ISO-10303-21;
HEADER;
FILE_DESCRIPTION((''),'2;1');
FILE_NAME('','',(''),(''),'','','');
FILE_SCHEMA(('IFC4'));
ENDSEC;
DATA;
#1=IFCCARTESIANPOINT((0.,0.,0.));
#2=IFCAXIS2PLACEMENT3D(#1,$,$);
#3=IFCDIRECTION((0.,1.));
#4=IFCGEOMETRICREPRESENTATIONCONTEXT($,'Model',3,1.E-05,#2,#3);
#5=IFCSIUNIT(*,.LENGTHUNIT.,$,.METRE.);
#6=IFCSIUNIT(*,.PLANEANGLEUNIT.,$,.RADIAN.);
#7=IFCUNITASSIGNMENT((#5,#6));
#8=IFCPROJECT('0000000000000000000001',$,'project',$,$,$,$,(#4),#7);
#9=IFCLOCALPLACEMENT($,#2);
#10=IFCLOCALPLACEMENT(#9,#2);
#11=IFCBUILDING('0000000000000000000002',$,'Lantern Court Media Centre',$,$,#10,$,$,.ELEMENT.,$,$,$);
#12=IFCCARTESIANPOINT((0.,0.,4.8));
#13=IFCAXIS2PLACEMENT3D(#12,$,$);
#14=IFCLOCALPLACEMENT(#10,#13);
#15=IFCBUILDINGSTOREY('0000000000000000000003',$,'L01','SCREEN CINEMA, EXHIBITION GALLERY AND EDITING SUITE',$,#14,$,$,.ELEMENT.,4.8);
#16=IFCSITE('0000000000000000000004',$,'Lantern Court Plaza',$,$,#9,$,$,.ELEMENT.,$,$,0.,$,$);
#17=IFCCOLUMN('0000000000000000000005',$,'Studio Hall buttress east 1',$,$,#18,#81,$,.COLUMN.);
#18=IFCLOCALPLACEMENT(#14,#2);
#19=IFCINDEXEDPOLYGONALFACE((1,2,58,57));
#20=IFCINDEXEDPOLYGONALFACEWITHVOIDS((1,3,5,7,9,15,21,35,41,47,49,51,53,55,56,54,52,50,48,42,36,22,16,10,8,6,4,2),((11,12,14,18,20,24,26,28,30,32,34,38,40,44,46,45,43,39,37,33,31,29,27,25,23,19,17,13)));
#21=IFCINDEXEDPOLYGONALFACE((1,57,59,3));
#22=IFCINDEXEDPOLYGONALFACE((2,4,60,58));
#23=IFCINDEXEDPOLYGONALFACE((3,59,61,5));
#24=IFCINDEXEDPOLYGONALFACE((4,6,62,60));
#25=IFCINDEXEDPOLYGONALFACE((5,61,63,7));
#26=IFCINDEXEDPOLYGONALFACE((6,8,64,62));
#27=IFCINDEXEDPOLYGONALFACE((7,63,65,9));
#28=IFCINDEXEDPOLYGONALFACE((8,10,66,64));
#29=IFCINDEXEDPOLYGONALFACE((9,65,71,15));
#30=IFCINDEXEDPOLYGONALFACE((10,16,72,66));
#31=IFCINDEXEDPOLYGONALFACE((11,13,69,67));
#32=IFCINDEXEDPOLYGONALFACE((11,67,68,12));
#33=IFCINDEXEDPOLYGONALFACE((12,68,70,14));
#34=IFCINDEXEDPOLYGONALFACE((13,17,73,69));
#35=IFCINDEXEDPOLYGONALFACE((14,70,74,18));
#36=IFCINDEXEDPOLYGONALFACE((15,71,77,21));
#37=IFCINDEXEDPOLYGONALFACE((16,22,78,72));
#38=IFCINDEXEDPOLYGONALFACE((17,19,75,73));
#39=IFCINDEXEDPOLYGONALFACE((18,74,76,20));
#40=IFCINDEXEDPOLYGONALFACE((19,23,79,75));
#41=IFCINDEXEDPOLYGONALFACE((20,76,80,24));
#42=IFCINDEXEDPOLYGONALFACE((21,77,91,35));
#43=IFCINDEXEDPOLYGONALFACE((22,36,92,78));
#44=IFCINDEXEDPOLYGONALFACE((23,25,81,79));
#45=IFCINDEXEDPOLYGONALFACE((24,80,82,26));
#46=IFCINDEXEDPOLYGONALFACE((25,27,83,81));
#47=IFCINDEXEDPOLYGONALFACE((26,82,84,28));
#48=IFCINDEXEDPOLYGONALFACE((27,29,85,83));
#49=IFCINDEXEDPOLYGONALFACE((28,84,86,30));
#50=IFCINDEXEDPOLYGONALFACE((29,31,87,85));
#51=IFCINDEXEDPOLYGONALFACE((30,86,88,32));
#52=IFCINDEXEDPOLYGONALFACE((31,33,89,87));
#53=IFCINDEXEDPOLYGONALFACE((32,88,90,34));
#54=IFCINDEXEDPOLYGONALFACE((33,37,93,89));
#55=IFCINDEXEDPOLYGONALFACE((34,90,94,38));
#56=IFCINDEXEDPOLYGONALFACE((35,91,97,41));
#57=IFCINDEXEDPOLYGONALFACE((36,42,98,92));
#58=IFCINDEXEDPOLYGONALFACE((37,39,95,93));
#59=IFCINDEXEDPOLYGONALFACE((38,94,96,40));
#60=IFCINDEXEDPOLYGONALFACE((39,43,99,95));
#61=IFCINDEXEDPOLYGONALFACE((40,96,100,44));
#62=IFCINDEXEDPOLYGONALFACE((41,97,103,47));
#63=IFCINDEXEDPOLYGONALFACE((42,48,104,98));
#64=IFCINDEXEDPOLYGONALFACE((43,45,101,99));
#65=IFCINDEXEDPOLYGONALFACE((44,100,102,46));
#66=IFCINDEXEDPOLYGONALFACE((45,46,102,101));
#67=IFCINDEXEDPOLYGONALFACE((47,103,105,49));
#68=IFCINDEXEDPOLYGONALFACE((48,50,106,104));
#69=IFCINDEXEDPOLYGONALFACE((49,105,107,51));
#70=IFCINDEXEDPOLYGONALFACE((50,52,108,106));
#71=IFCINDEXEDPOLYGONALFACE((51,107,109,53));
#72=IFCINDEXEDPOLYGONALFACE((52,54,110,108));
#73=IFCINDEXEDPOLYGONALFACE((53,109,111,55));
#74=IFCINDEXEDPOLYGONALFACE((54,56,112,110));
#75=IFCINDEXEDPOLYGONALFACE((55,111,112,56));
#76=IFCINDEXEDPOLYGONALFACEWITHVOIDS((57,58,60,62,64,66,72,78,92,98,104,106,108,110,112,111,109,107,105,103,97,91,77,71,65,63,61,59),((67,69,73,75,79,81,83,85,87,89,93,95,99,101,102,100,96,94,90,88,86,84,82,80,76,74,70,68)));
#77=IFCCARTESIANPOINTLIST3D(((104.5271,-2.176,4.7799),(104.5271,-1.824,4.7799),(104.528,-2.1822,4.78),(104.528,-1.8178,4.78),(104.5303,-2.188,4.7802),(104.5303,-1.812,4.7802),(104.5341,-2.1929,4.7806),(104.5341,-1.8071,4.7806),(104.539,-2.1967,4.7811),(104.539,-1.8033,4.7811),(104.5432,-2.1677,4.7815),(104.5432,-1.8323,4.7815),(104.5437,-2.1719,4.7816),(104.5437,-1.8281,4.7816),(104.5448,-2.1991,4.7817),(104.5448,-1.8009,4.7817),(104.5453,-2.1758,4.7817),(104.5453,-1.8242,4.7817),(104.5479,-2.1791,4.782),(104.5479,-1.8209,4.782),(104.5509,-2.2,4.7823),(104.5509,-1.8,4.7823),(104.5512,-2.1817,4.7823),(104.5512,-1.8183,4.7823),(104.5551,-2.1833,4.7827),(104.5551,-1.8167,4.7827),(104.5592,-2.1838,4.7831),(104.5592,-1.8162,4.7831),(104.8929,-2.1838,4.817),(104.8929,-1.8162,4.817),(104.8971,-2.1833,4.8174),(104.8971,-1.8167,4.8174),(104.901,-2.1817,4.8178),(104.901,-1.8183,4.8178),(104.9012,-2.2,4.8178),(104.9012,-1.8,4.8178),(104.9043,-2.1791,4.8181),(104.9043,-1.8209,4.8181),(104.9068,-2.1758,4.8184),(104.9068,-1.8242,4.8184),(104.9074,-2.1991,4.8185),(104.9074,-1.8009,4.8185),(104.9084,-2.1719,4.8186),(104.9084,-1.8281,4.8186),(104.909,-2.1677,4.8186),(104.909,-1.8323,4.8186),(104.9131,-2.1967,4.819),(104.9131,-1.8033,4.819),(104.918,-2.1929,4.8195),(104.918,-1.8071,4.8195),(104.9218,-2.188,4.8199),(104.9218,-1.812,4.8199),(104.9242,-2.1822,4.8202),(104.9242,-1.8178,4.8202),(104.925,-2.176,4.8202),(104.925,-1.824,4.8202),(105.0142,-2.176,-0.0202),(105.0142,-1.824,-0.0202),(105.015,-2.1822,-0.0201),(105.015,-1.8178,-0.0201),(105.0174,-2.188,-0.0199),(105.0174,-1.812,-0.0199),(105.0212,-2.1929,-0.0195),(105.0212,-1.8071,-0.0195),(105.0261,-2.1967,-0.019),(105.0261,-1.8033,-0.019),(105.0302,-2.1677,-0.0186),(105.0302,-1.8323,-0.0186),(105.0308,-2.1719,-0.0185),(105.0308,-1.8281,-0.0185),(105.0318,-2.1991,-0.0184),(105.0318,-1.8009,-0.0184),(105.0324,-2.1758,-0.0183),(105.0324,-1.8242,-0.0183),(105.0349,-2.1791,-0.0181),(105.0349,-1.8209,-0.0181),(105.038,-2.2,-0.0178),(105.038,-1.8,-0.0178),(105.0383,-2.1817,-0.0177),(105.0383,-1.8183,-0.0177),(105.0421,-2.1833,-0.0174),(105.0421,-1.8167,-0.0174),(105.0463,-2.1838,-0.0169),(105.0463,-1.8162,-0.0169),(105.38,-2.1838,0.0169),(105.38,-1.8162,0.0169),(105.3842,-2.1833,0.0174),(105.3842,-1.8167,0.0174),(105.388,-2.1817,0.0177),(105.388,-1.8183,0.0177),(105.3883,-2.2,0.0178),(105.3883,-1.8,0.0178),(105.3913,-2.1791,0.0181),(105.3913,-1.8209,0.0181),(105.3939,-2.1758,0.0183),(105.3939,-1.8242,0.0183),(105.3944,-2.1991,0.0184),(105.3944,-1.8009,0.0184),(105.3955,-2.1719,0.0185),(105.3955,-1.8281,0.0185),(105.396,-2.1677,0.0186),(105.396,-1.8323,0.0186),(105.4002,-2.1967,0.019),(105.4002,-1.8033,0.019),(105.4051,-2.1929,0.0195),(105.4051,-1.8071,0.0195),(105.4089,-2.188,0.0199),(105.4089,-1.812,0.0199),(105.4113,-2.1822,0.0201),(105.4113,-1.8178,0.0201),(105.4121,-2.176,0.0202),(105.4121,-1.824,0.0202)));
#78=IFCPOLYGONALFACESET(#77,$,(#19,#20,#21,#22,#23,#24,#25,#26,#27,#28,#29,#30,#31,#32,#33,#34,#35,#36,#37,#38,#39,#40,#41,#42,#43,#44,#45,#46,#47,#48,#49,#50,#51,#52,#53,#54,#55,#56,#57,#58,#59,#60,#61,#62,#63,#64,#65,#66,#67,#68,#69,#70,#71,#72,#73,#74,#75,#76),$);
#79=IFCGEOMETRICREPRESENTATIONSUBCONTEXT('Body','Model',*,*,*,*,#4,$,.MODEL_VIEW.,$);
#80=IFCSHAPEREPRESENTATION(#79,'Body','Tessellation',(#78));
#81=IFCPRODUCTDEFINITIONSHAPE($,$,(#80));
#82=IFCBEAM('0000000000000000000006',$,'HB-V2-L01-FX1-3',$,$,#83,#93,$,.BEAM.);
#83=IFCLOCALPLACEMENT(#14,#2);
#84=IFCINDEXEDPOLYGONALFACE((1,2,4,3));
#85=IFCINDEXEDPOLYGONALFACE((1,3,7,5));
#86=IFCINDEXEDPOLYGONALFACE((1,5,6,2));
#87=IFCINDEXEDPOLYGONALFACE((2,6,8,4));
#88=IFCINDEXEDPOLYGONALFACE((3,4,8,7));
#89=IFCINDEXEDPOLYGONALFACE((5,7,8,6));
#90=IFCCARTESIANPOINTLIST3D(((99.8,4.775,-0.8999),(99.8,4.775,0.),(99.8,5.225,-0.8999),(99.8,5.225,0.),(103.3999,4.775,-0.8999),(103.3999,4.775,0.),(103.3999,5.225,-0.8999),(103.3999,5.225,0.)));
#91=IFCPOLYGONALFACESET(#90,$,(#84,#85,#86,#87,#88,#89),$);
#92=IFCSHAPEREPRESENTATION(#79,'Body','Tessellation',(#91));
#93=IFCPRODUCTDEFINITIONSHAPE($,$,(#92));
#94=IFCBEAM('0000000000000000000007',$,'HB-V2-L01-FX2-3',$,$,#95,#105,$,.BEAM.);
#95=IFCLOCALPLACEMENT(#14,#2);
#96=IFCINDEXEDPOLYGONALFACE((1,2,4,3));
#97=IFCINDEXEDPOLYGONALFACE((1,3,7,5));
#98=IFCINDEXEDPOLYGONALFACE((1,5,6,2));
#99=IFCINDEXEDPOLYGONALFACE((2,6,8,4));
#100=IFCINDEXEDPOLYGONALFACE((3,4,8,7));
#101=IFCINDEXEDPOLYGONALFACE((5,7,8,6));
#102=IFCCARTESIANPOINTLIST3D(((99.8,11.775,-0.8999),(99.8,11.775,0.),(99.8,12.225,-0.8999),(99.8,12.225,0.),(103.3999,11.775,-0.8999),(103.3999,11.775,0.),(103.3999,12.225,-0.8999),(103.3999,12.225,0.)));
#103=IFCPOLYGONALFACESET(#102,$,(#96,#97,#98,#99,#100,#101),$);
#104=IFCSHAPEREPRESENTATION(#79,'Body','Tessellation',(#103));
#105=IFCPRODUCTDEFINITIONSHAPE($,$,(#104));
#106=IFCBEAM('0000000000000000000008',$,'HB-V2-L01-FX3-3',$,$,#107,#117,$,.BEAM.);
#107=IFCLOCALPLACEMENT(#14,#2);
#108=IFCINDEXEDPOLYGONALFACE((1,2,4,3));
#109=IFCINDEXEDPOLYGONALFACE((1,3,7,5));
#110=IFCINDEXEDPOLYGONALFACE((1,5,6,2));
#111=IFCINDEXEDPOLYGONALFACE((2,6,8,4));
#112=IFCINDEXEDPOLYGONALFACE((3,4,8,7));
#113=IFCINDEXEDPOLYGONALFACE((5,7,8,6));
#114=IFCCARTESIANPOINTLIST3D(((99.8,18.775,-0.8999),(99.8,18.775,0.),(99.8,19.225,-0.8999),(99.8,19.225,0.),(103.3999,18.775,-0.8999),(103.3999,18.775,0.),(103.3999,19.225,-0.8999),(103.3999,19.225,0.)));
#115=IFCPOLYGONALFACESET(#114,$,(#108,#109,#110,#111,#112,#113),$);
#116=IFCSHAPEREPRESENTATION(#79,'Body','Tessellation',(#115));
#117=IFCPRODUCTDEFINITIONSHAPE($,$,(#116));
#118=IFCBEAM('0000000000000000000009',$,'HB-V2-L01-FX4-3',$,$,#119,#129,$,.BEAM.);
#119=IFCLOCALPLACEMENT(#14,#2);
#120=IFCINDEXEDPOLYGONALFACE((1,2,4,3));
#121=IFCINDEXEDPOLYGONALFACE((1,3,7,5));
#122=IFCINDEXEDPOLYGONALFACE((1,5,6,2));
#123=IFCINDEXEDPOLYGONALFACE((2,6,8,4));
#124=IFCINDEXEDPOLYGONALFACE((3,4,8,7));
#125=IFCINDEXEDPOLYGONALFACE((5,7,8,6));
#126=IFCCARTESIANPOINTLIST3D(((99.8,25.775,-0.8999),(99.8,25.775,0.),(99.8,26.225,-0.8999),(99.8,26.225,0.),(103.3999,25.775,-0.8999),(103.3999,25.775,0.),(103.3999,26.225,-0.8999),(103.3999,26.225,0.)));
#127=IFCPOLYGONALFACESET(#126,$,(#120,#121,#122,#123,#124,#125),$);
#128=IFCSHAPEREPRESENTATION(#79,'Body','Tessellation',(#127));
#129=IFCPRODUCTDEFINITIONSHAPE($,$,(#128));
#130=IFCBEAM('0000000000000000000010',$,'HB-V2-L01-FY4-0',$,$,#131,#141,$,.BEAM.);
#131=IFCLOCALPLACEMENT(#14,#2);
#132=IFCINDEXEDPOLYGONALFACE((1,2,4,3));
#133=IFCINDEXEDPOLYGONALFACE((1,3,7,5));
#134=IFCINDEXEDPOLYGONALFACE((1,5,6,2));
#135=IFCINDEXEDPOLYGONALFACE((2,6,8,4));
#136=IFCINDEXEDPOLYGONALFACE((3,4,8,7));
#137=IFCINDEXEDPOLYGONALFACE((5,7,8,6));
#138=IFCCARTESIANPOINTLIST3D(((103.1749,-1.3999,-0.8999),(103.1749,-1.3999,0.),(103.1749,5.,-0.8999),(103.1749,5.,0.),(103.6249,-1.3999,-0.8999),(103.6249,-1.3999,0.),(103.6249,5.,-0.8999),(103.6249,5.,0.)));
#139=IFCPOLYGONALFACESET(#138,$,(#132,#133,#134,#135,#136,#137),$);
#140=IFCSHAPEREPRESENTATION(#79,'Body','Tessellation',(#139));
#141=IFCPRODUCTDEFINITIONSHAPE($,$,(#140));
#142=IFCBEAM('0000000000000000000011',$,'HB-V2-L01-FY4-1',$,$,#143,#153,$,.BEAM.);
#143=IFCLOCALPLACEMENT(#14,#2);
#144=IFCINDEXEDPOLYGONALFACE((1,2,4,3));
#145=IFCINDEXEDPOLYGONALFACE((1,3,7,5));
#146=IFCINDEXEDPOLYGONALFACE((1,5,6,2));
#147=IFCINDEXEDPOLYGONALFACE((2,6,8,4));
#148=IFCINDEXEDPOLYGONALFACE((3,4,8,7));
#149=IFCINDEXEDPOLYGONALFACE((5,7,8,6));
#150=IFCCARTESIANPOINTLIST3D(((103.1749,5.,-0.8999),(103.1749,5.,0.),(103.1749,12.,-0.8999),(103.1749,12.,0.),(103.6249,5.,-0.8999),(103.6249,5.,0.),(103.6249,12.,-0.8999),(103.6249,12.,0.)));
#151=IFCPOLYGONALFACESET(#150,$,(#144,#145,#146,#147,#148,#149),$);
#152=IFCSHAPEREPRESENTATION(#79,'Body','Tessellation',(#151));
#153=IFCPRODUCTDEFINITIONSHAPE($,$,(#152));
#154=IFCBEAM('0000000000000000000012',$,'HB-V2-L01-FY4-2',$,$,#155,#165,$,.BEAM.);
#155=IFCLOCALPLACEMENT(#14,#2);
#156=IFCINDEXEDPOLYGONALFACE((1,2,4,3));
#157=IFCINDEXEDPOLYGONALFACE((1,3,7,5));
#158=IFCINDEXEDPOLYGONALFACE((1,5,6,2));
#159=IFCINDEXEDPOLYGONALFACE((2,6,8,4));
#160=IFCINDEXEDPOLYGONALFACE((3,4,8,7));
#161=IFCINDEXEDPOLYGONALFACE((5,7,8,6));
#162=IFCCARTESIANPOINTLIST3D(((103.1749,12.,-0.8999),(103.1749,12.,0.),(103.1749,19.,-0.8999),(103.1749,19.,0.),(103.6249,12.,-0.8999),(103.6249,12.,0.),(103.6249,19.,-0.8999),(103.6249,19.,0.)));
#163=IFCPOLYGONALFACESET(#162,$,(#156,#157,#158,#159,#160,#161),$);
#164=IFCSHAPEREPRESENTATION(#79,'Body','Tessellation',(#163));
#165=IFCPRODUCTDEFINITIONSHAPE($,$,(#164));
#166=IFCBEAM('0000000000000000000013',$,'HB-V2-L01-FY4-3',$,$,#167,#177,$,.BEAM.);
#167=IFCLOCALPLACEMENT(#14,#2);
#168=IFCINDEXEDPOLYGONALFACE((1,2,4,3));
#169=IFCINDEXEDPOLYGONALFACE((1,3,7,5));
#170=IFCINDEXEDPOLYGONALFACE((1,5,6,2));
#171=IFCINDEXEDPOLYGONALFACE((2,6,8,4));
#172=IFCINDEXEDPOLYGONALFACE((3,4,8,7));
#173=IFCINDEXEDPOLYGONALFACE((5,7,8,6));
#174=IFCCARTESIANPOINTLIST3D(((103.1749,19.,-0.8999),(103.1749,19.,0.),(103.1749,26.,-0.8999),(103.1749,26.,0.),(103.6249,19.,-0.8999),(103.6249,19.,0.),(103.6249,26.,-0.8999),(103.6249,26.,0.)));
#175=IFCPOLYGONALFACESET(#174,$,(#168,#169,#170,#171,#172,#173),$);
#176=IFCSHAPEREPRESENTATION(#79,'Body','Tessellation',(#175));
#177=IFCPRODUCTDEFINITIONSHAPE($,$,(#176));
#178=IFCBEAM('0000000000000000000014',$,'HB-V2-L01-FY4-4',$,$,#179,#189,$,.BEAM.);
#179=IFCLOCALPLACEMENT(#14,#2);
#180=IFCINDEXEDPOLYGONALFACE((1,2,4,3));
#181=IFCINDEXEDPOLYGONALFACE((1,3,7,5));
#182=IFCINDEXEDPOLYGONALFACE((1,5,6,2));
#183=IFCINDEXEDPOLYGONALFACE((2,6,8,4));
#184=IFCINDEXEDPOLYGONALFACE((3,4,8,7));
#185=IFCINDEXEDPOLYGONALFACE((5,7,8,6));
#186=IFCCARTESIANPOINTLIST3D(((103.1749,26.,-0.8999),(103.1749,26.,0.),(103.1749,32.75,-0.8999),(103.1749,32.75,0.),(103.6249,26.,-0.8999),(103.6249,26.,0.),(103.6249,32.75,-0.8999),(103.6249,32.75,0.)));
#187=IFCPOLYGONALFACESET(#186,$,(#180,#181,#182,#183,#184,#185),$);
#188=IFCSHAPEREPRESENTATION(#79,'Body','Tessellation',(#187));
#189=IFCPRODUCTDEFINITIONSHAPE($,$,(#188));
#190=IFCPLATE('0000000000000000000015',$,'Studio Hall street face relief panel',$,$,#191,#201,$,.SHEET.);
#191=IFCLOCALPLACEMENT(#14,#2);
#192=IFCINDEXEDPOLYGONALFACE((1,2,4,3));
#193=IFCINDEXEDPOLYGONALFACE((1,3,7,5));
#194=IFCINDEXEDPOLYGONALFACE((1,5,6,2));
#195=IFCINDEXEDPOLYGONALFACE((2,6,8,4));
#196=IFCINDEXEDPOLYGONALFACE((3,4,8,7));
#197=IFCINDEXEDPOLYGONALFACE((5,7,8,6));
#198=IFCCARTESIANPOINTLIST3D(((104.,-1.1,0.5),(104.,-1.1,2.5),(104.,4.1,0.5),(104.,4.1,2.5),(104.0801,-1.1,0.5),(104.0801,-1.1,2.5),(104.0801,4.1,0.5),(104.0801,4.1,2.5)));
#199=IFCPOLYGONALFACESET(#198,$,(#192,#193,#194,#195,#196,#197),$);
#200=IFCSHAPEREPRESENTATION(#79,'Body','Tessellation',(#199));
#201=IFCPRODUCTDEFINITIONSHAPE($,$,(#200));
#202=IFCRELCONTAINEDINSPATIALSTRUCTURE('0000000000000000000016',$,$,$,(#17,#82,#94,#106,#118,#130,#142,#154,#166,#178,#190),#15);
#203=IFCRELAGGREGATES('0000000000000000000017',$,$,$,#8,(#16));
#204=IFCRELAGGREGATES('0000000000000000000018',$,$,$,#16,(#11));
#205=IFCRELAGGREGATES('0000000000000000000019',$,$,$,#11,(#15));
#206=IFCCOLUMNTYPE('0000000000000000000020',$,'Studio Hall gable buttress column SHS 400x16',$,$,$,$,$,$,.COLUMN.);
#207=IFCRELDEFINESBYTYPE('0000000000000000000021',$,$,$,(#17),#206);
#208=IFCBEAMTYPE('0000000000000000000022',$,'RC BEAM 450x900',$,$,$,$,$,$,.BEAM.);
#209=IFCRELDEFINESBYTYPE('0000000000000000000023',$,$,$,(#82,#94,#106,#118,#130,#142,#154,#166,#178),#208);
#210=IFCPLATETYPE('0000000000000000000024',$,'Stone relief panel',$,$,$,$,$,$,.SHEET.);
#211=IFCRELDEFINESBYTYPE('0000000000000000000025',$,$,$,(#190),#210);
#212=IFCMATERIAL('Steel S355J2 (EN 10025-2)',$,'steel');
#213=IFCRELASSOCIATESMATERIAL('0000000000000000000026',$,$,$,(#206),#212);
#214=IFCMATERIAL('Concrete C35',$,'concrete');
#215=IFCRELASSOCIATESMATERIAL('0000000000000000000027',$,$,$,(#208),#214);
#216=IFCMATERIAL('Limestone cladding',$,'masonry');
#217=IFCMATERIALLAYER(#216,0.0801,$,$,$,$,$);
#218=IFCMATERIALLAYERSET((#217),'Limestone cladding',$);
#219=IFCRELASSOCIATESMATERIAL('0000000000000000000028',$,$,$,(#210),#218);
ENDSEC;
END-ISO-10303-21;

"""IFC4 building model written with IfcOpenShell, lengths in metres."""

from ifc_helpers import new_model, si_unit, direction, frame, origin, origin_2d, place, context, subcontext, project, spatial, rectangle, hollow_rectangle, extrude, material, layer, layer_set, material_profile, profile_set, type_object, element, save


model = new_model("IFC4")

# Units and contexts
model_context = context("Model", 3, precision=1e-05, world=origin(), true_north=direction((0.0, 1.0)))
body_context = subcontext(model_context, "Body", "Model", "MODEL_VIEW")
ifc_project = project(units=[si_unit("LENGTHUNIT", "METRE"), si_unit("PLANEANGLEUNIT", "RADIAN")], contexts=[model_context])

# Site, building, storey
site_placement = place(None, origin())
site = spatial("IfcSite", under=ifc_project, at=site_placement, Name="Lantern Court Plaza", CompositionType="ELEMENT", RefElevation=0.0)
building_placement = place(site_placement, origin())
building = spatial("IfcBuilding", under=site, at=building_placement, Name="Lantern Court Media Centre", CompositionType="ELEMENT")
storey_placement = place(building_placement, frame((0.0, 0.0, 4.8)))
storey = spatial("IfcBuildingStorey", under=building, at=storey_placement, Name="L01", Description="SCREEN CINEMA, EXHIBITION GALLERY AND EDITING SUITE", CompositionType="ELEMENT", Elevation=4.8)

# Column
ifc_material_1 = material(Name="Concrete C35", Category="concrete")
ifc_material_2 = material(Name="Steel S355J2 (EN 10025-2)", Category="steel")
ifc_material_profile_1 = material_profile(ifc_material_2, hollow_rectangle(XDim=0.3999, YDim=0.3999, WallThickness=0.0161, InnerFilletRadius=0.0161, OuterFilletRadius=0.0239, at=origin_2d()), Name="Studio Hall gable buttress column SHS 400x16")
ifc_profile_set_1 = profile_set([ifc_material_profile_1], Name="Steel S355J2 (EN 10025-2)")
column_type_1 = type_object("IfcColumnType", Name="Studio Hall gable buttress column SHS 400x16", PredefinedType="COLUMN", material=ifc_profile_set_1)
column_placement = place(storey_placement, frame((105.2131, -2.0, 0.0), z_axis=(-0.100952, 0.0, 0.994891), x_axis=(0.0, -1.0, 0.0)))
element("IfcColumn", 1, at=column_placement, inside=storey, type_object=column_type_1, Name="Studio Hall buttress east 1", PredefinedType="COLUMN", context=body_context, shape_type="SweptSolid", body=[
    extrude(hollow_rectangle(XDim=0.3999, YDim=0.3999, WallThickness=0.0161, InnerFilletRadius=0.0161, OuterFilletRadius=0.0239, at=origin_2d()), origin(), (0.0, 0.0, 1.0), 4.8247),
])

# Beams
ifc_material_profile_2 = material_profile(ifc_material_1, rectangle(XDim=0.45, YDim=0.8999, at=origin_2d()), Name="RC 450x900")
ifc_profile_set_2 = profile_set([ifc_material_profile_2], Name="Concrete C35")
beam_type = type_object("IfcBeamType", Name="RC BEAM 450x900", PredefinedType="BEAM", material=ifc_profile_set_2)
for number, where, z_axis, x_axis, name in (
    (2, (99.8, 5.0, -0.45), (1.0, 0.0, 0.0), (0.0, 1.0, 0.0), "HB-V2-L01-FX1-3"),
    (3, (99.8, 12.0, -0.45), (1.0, 0.0, 0.0), (0.0, 1.0, 0.0), "HB-V2-L01-FX2-3"),
    (4, (99.8, 19.0, -0.45), (1.0, 0.0, 0.0), (0.0, 1.0, 0.0), "HB-V2-L01-FX3-3"),
    (5, (99.8, 26.0, -0.45), (1.0, 0.0, 0.0), (0.0, 1.0, 0.0), "HB-V2-L01-FX4-3"),
):
    element("IfcBeam", number, at=place(storey_placement, frame(where, z_axis=z_axis, x_axis=x_axis)), inside=storey, type_object=beam_type, Name=name, PredefinedType="BEAM", context=body_context, shape_type="SweptSolid", body=[
        extrude(rectangle(XDim=0.45, YDim=0.8999, at=origin_2d()), origin(), (0.0, 0.0, 1.0), 3.5999),
    ])
beam_1_placement = place(storey_placement, frame((103.3999, -1.3999, -0.45), z_axis=(0.0, 1.0, 0.0), x_axis=(-1.0, 0.0, 0.0)))
element("IfcBeam", 6, at=beam_1_placement, inside=storey, type_object=beam_type, Name="HB-V2-L01-FY4-0", PredefinedType="BEAM", context=body_context, shape_type="SweptSolid", body=[
    extrude(rectangle(XDim=0.45, YDim=0.8999, at=origin_2d()), origin(), (0.0, 0.0, 1.0), 6.3999),
])
for number, where, z_axis, x_axis, name in (
    (7, (103.3999, 5.0, -0.45), (0.0, 1.0, 0.0), (-1.0, 0.0, 0.0), "HB-V2-L01-FY4-1"),
    (8, (103.3999, 12.0, -0.45), (0.0, 1.0, 0.0), (-1.0, 0.0, 0.0), "HB-V2-L01-FY4-2"),
    (9, (103.3999, 19.0, -0.45), (0.0, 1.0, 0.0), (-1.0, 0.0, 0.0), "HB-V2-L01-FY4-3"),
):
    element("IfcBeam", number, at=place(storey_placement, frame(where, z_axis=z_axis, x_axis=x_axis)), inside=storey, type_object=beam_type, Name=name, PredefinedType="BEAM", context=body_context, shape_type="SweptSolid", body=[
        extrude(rectangle(XDim=0.45, YDim=0.8999, at=origin_2d()), origin(), (0.0, 0.0, 1.0), 7.0),
    ])
beam_2_placement = place(storey_placement, frame((103.3999, 26.0, -0.45), z_axis=(0.0, 1.0, 0.0), x_axis=(-1.0, 0.0, 0.0)))
element("IfcBeam", 10, at=beam_2_placement, inside=storey, type_object=beam_type, Name="HB-V2-L01-FY4-4", PredefinedType="BEAM", context=body_context, shape_type="SweptSolid", body=[
    extrude(rectangle(XDim=0.45, YDim=0.8999, at=origin_2d()), origin(), (0.0, 0.0, 1.0), 6.75),
])

# Plate
ifc_material_3 = material(Name="Limestone cladding", Category="masonry")
ifc_layer_1 = layer(ifc_material_3, 0.0801)
ifc_layer_set_1 = layer_set([ifc_layer_1], Name="Limestone cladding")
plate_type = type_object("IfcPlateType", Name="Stone relief panel", PredefinedType="SHEET", material=ifc_layer_set_1)
plate_1_placement = place(storey_placement, frame((104.04, 1.5, 0.5), z_axis=(0.0, 0.0, 1.0), x_axis=(1.0, 0.0, 0.0)))
element("IfcPlate", 11, at=plate_1_placement, inside=storey, type_object=plate_type, Name="Studio Hall street face relief panel", PredefinedType="SHEET", context=body_context, shape_type="SweptSolid", body=[
    extrude(rectangle(XDim=0.0801, YDim=5.2, at=origin_2d()), origin(), (0.0, 0.0, 1.0), 2.0),
])

save(model, "model.ifc")
